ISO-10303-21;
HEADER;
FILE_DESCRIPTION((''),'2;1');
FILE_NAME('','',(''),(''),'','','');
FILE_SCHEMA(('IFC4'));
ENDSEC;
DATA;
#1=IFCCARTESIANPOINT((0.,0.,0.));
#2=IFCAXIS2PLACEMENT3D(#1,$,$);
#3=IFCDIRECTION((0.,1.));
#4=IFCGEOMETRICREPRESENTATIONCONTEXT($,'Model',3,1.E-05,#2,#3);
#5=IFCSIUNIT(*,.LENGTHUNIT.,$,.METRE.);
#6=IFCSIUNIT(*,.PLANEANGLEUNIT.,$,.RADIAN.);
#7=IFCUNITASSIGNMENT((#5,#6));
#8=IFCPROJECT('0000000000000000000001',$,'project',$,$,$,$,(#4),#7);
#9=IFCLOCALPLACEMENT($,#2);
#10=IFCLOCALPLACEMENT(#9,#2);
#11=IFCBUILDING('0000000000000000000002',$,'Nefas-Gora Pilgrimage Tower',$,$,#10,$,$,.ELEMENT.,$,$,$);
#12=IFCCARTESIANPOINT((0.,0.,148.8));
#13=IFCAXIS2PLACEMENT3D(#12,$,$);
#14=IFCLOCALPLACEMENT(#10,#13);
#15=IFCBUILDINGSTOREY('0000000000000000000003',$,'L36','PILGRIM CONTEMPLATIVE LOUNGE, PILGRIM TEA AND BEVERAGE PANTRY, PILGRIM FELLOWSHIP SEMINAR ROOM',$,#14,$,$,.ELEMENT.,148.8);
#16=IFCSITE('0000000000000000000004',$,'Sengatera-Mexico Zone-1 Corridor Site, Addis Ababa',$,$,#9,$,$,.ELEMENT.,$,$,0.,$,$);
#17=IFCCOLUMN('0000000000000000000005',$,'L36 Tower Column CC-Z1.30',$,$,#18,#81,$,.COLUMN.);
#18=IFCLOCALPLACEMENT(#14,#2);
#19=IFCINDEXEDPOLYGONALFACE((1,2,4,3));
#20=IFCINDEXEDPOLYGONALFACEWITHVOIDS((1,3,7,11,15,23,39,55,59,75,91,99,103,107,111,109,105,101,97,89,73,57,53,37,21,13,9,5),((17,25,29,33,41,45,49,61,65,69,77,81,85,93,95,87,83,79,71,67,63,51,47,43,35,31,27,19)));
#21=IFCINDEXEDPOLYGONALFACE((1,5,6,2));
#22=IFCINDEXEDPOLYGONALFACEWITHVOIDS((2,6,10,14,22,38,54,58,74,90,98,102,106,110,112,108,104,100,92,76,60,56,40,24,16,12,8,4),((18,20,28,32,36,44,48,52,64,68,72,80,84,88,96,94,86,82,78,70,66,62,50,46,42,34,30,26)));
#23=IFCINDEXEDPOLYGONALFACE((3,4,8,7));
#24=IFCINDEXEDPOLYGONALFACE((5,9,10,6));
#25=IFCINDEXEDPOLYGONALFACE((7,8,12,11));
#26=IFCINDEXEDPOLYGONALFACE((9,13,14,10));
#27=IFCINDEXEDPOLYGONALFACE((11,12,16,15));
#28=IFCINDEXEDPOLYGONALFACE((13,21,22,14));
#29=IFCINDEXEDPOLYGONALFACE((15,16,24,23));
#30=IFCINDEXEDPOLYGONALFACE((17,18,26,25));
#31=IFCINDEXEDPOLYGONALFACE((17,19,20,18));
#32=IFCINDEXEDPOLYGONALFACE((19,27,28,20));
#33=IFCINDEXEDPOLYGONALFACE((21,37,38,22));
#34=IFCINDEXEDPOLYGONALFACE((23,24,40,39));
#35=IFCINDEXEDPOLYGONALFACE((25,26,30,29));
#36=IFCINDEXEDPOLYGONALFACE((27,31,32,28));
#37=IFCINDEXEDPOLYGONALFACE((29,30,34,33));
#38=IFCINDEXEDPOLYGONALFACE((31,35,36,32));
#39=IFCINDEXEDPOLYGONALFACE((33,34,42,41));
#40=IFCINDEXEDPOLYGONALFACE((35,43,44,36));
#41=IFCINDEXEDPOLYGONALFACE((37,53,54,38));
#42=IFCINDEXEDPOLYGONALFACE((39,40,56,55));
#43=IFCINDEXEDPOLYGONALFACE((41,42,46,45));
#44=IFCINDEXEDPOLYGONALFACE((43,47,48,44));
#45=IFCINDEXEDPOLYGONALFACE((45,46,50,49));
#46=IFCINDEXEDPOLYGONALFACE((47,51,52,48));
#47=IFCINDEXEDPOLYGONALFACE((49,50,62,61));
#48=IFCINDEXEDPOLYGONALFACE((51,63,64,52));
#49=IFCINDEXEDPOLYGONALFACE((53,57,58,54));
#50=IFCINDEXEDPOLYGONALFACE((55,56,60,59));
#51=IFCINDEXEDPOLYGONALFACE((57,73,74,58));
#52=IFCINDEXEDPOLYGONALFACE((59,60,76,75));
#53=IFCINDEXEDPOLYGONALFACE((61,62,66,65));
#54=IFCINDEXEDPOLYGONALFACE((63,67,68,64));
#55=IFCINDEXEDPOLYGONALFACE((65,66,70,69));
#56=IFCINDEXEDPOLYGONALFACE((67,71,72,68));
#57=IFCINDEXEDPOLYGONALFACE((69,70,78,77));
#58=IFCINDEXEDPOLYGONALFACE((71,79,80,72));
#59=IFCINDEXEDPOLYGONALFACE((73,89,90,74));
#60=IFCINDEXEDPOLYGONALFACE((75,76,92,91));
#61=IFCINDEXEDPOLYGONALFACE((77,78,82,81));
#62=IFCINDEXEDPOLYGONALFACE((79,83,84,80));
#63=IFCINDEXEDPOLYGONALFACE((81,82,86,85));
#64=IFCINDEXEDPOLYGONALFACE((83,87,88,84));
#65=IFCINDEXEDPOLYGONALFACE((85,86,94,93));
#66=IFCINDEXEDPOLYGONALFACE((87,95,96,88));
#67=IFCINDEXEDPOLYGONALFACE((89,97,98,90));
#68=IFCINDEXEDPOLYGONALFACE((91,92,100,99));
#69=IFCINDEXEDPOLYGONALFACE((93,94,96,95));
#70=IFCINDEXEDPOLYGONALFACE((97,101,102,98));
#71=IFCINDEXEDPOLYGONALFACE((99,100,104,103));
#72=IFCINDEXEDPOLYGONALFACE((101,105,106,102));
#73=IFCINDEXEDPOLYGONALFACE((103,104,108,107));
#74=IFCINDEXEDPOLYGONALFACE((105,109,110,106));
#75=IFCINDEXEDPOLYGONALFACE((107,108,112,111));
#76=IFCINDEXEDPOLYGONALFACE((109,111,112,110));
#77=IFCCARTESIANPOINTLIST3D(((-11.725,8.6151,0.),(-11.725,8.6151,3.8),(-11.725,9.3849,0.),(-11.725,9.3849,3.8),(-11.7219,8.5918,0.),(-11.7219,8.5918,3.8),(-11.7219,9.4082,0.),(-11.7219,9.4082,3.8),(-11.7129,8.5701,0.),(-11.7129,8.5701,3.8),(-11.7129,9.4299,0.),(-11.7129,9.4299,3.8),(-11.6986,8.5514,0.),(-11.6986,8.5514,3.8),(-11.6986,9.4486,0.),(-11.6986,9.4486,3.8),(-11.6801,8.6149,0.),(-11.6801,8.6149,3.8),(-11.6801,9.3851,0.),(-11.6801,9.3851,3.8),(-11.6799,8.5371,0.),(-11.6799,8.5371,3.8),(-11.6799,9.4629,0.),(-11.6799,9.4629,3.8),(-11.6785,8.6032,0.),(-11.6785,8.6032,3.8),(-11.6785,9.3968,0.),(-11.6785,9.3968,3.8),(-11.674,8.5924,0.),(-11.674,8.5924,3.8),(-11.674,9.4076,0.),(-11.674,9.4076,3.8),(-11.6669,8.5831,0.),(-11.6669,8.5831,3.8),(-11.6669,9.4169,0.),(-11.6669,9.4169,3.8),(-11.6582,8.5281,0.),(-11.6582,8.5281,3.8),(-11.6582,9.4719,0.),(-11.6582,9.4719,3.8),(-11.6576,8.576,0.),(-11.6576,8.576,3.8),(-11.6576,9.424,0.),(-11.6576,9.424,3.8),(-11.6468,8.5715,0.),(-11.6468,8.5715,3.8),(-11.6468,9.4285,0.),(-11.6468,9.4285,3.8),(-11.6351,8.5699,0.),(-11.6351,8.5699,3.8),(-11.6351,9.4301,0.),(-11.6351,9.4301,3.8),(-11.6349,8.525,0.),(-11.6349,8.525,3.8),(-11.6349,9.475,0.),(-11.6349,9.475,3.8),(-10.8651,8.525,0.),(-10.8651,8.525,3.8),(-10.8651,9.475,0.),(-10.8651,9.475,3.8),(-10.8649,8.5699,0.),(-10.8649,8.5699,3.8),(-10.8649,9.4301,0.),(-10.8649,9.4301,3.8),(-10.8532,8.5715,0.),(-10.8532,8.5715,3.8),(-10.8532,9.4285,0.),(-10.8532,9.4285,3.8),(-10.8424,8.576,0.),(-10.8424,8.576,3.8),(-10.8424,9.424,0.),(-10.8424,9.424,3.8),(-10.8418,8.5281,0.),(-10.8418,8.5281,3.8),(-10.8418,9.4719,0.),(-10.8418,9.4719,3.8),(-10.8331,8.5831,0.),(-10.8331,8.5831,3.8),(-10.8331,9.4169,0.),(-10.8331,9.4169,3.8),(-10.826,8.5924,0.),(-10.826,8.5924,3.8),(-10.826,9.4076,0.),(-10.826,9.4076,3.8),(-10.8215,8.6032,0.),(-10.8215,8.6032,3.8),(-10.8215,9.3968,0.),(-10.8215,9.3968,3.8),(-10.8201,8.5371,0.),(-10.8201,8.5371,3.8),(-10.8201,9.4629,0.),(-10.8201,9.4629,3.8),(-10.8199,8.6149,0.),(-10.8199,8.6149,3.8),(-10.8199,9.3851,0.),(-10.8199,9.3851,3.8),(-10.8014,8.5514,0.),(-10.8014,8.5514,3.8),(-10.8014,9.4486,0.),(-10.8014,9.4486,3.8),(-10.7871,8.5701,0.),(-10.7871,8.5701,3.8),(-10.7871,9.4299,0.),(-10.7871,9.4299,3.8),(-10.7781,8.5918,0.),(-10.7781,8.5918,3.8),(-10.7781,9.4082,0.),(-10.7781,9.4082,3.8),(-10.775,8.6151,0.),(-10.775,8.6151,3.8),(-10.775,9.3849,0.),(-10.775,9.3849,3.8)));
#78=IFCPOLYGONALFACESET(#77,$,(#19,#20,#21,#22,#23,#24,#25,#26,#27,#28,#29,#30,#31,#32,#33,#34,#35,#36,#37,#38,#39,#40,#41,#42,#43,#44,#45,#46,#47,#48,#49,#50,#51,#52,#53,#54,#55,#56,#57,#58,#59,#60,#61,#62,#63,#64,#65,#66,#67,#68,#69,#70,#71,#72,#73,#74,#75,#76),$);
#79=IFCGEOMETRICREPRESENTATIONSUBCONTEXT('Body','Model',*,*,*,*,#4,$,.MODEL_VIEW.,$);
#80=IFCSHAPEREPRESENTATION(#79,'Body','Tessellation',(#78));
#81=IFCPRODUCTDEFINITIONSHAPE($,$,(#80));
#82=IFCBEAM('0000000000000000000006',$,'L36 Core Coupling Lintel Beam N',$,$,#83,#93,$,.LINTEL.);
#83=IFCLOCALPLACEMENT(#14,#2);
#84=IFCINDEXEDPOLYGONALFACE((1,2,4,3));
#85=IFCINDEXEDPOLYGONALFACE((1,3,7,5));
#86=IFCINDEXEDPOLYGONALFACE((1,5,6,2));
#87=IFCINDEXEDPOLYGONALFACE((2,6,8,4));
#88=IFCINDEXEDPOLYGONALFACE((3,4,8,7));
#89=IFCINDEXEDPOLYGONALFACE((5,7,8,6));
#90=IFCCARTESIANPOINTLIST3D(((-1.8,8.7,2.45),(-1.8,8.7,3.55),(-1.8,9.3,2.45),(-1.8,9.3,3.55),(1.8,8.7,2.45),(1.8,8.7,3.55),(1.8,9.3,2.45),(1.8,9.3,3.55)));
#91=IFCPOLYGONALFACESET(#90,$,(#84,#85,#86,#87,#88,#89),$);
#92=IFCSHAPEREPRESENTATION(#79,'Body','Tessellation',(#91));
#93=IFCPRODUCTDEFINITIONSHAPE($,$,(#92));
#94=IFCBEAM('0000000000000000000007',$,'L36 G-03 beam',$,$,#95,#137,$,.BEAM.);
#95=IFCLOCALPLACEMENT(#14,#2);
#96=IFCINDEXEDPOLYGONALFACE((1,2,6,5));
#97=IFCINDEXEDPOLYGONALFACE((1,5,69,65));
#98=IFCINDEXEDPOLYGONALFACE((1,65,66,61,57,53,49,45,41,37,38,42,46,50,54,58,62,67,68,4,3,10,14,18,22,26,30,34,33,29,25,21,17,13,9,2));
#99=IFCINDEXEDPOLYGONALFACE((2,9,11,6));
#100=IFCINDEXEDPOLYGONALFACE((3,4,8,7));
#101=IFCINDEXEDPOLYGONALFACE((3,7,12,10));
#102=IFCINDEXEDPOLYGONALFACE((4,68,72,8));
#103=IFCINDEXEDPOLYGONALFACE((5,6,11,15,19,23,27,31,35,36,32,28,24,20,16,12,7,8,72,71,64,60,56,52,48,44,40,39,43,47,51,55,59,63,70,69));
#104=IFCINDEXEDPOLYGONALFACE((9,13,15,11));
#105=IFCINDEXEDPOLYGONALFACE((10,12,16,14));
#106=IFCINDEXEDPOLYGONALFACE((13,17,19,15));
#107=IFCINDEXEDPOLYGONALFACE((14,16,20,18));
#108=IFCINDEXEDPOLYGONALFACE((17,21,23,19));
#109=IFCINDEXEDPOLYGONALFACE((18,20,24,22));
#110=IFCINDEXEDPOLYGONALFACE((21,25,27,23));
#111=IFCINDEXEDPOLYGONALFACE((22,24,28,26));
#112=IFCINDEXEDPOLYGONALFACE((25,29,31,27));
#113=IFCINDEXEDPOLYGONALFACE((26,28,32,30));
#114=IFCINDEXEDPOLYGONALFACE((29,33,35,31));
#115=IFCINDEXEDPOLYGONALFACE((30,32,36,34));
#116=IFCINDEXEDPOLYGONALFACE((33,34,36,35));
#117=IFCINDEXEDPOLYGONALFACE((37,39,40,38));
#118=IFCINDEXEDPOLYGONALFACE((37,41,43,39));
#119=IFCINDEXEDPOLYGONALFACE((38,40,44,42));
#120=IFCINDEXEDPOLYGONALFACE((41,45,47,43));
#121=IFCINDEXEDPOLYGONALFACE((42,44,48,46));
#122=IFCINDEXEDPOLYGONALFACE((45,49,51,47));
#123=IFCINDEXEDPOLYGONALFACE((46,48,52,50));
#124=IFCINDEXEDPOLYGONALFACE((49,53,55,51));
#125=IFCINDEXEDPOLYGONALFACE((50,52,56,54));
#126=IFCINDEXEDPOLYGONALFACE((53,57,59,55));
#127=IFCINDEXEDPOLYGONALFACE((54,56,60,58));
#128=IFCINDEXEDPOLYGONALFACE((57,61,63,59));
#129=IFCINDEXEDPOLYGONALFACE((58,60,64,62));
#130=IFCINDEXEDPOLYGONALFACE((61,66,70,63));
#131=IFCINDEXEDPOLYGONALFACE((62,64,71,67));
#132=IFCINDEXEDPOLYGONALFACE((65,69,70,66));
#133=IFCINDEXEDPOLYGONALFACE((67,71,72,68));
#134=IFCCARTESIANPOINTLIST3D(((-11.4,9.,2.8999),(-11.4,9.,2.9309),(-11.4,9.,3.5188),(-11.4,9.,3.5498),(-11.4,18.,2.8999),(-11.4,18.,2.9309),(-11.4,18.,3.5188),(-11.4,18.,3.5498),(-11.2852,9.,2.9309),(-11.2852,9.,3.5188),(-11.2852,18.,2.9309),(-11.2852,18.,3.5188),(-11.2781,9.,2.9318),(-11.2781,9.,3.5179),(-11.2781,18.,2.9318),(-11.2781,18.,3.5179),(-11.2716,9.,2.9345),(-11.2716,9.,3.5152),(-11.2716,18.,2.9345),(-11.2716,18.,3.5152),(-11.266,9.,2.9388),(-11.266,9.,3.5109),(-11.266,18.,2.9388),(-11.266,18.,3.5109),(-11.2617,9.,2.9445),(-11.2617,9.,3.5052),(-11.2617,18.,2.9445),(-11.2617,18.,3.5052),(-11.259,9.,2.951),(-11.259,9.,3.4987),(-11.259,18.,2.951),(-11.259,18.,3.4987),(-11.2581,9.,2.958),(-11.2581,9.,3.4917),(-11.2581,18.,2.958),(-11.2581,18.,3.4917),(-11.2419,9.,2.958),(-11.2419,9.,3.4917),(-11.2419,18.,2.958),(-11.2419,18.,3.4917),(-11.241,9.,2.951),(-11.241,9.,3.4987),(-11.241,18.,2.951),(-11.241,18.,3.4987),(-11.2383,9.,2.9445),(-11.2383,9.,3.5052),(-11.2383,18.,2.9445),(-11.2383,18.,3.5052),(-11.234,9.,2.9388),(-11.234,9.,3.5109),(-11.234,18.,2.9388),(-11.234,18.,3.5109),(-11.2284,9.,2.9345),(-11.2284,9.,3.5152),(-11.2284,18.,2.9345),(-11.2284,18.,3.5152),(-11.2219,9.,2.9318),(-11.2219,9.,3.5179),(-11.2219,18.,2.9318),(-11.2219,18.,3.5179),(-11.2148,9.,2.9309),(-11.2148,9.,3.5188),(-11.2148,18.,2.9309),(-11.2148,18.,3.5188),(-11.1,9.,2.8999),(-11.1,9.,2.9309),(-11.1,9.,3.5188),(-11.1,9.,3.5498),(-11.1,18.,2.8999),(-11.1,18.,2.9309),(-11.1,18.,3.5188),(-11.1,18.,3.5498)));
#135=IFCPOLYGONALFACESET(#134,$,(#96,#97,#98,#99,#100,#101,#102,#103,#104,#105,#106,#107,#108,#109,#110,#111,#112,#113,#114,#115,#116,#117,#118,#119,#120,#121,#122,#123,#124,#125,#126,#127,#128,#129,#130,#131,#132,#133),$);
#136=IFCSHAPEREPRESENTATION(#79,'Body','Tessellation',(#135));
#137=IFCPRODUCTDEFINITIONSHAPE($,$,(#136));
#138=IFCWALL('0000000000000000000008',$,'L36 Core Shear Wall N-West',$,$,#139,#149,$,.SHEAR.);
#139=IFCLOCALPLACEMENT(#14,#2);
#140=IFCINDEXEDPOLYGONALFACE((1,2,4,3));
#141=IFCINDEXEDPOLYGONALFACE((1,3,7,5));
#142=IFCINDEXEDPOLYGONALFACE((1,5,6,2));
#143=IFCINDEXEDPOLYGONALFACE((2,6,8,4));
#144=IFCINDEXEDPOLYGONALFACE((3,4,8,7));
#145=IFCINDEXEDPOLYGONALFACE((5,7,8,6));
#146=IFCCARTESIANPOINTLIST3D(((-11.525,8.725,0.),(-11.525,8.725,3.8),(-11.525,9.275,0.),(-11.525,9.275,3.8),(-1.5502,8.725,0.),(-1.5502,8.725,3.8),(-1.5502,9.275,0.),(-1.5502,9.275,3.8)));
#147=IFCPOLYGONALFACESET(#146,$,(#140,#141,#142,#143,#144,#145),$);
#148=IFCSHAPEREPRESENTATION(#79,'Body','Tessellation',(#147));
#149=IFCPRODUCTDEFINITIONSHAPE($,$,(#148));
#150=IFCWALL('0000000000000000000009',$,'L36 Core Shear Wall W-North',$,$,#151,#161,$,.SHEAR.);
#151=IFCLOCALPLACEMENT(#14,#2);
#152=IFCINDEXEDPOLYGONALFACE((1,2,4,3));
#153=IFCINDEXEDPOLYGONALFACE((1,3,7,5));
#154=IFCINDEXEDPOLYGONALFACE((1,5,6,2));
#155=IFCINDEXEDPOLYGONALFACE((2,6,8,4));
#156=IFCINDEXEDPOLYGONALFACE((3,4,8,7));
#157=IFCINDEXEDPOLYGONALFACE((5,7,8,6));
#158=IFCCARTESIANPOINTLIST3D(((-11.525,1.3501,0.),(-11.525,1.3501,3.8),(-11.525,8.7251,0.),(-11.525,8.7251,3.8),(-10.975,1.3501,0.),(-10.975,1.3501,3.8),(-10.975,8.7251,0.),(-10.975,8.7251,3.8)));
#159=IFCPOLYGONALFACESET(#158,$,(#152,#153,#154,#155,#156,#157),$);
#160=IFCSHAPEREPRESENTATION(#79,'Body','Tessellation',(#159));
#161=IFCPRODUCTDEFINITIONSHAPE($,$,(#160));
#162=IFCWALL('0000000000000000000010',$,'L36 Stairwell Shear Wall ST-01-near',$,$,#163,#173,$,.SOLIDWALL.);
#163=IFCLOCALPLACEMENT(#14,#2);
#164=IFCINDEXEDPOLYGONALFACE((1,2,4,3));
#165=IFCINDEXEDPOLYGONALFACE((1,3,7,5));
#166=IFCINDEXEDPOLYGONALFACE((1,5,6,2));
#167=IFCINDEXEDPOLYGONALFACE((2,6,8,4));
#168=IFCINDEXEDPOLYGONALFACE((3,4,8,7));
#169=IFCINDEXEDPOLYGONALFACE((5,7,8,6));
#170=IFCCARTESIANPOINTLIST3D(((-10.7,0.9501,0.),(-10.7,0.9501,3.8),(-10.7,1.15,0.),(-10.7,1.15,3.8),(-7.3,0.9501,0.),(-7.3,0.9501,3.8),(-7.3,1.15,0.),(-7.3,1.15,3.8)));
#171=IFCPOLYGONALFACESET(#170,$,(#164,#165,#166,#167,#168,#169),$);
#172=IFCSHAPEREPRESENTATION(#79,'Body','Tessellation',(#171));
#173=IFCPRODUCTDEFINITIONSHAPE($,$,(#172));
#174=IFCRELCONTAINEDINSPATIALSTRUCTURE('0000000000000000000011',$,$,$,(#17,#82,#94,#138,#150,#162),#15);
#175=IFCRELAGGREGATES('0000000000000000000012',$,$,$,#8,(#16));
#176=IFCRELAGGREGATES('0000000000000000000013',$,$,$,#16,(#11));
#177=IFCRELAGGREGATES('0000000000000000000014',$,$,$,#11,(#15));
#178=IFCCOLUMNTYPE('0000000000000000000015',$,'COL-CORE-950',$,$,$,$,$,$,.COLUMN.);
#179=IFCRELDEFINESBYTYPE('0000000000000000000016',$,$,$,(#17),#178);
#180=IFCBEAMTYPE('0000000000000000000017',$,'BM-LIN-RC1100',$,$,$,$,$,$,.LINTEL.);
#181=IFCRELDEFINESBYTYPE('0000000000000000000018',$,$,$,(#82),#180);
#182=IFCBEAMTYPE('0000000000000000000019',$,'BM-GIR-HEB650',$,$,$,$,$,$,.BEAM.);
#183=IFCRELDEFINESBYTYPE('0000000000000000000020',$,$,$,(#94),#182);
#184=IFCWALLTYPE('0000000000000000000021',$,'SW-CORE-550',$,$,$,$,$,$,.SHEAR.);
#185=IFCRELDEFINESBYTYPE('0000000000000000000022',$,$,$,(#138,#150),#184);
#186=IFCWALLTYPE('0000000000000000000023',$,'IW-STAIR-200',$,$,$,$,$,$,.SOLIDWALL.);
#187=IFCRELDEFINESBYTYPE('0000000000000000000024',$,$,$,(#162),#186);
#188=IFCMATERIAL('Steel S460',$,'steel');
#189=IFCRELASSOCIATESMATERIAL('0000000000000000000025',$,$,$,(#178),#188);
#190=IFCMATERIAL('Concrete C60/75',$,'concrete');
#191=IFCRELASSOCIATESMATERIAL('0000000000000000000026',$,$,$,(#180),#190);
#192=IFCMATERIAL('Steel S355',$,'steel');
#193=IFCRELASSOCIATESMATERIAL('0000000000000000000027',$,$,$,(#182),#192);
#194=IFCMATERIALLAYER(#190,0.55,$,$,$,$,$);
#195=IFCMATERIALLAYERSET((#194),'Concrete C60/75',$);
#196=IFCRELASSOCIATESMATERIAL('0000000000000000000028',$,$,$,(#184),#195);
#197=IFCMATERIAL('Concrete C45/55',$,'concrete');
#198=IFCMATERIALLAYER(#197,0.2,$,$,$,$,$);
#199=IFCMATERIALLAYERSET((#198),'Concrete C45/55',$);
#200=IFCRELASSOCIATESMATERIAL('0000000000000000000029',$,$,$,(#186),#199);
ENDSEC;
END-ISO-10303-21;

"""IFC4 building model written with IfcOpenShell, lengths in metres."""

from ifc_helpers import new_model, si_unit, direction, frame, frame_2d, origin, origin_2d, place, context, subcontext, project, spatial, rectangle, hollow_rectangle, i_section, extrude, source, transform, mapped, material, layer, layer_set, material_profile, profile_set, type_object, element, save


model = new_model("IFC4")

# Units and contexts
model_context = context("Model", 3, precision=1e-05, world=origin(), true_north=direction((0.0, 1.0)))
body_context = subcontext(model_context, "Body", "Model", "MODEL_VIEW")
ifc_project = project(units=[si_unit("LENGTHUNIT", "METRE"), si_unit("PLANEANGLEUNIT", "RADIAN")], contexts=[model_context])

# Site, building, storey
site_placement = place(None, origin())
site = spatial("IfcSite", under=ifc_project, at=site_placement, Name="Sengatera-Mexico Zone-1 Corridor Site, Addis Ababa", CompositionType="ELEMENT", RefElevation=0.0)
building_placement = place(site_placement, origin())
building = spatial("IfcBuilding", under=site, at=building_placement, Name="Nefas-Gora Pilgrimage Tower", CompositionType="ELEMENT")
storey_placement = place(building_placement, frame((0.0, 0.0, 148.8)))
storey = spatial("IfcBuildingStorey", under=building, at=storey_placement, Name="L36", Description="PILGRIM CONTEMPLATIVE LOUNGE, PILGRIM TEA AND BEVERAGE PANTRY, PILGRIM FELLOWSHIP SEMINAR ROOM", CompositionType="ELEMENT", Elevation=148.8)

# Column
ifc_material_1 = material(Name="Steel S460", Category="steel")
ifc_material_profile_1 = material_profile(ifc_material_1, hollow_rectangle(XDim=0.95, YDim=0.95, WallThickness=0.0449, InnerFilletRadius=0.0449, OuterFilletRadius=0.0901, at=origin_2d()), Name="BOX 950x950x45")
ifc_profile_set_1 = profile_set([ifc_material_profile_1], Name="Steel S460")
column_type = type_object("IfcColumnType", Name="COL-CORE-950", PredefinedType="COLUMN", material=ifc_profile_set_1)
shared_shape_1 = source(origin(), body_context, "Body", "SweptSolid", [
    extrude(hollow_rectangle(XDim=0.95, YDim=0.95, WallThickness=0.0449, InnerFilletRadius=0.0449, OuterFilletRadius=0.0901, at=origin_2d()), origin(), (0.0, 0.0, 1.0), 3.8),
])
column_placement = place(storey_placement, frame((-11.25, 9.0, 0.0), z_axis=(0.0, 0.0, 1.0), x_axis=(1.0, 0.0, 0.0)))
element("IfcColumn", 1, at=column_placement, inside=storey, type_object=column_type, Name="L36 Tower Column CC-Z1.30", PredefinedType="COLUMN", context=body_context, shape_type="MappedRepresentation", body=[
    mapped(shared_shape_1, transform((0.0, 0.0, 0.0), x_axis=(1.0, 0.0, 0.0), y_axis=(0.0, 1.0, 0.0), z_axis=(0.0, 0.0, 1.0), scale=1.0)),
])

# Beams
ifc_material_2 = material(Name="Concrete C60/75", Category="concrete")
ifc_material_profile_2 = material_profile(ifc_material_2, rectangle(XDim=0.6001, YDim=1.1001, at=origin_2d()), Name="RC 600x1100")
ifc_profile_set_2 = profile_set([ifc_material_profile_2], Name="Concrete C60/75")
beam_type_1 = type_object("IfcBeamType", Name="BM-LIN-RC1100", PredefinedType="LINTEL", material=ifc_profile_set_2)
shared_shape_2 = source(origin(), body_context, "Body", "SweptSolid", [
    extrude(rectangle(XDim=0.6001, YDim=1.1001, at=origin_2d()), origin(), (0.0, 0.0, 1.0), 3.6001),
])
beam_1_placement = place(storey_placement, frame((-1.8, 9.0, 3.0), z_axis=(1.0, 0.0, 0.0), x_axis=(0.0, 1.0, 0.0)))
element("IfcBeam", 2, at=beam_1_placement, inside=storey, type_object=beam_type_1, Name="L36 Core Coupling Lintel Beam N", PredefinedType="LINTEL", context=body_context, shape_type="MappedRepresentation", body=[
    mapped(shared_shape_2, transform((0.0, 0.0, 0.0), x_axis=(1.0, 0.0, 0.0), y_axis=(0.0, 1.0, 0.0), z_axis=(0.0, 0.0, 1.0), scale=1.0)),
])
ifc_material_3 = material(Name="Steel S355", Category="steel")
ifc_material_profile_3 = material_profile(ifc_material_3, i_section(OverallWidth=0.3, OverallDepth=0.6499, WebThickness=0.0161, FlangeThickness=0.031, FilletRadius=0.0271, at=origin_2d()), Name="HEB 650")
ifc_profile_set_3 = profile_set([ifc_material_profile_3], Name="Steel S355")
beam_type_2 = type_object("IfcBeamType", Name="BM-GIR-HEB650", PredefinedType="BEAM", material=ifc_profile_set_3)
shared_shape_3 = source(origin(), body_context, "Body", "SweptSolid", [
    extrude(i_section(OverallWidth=0.3, OverallDepth=0.6499, WebThickness=0.0161, FlangeThickness=0.031, FilletRadius=0.0271, at=origin_2d()), origin(), (0.0, 0.0, 1.0), 9.0),
])
beam_2_placement = place(storey_placement, frame((-11.25, 9.0, 3.2249), z_axis=(0.0, 1.0, 0.0), x_axis=(-1.0, 0.0, 0.0)))
element("IfcBeam", 3, at=beam_2_placement, inside=storey, type_object=beam_type_2, Name="L36 G-03 beam", PredefinedType="BEAM", context=body_context, shape_type="MappedRepresentation", body=[
    mapped(shared_shape_3, transform((0.0, 0.0, 0.0), x_axis=(1.0, 0.0, 0.0), y_axis=(0.0, 1.0, 0.0), z_axis=(0.0, 0.0, 1.0), scale=1.0)),
])

# Walls
ifc_layer_1 = layer(ifc_material_2, 0.55)
ifc_layer_set_1 = layer_set([ifc_layer_1], Name="Concrete C60/75")
wall_type_1 = type_object("IfcWallType", Name="SW-CORE-550", PredefinedType="SHEAR", material=ifc_layer_set_1)
shared_shape_4 = source(origin(), body_context, "Body", "SweptSolid", [
    extrude(rectangle(XDim=9.9749, YDim=0.55, at=frame_2d((4.9873, 0.0))), origin(), (0.0, 0.0, 1.0), 3.8),
])
wall_1_placement = place(storey_placement, frame((-11.5249, 9.0, 0.0), z_axis=(0.0, 0.0, 1.0), x_axis=(1.0, 0.0, 0.0)))
element("IfcWall", 4, at=wall_1_placement, inside=storey, type_object=wall_type_1, Name="L36 Core Shear Wall N-West", PredefinedType="SHEAR", context=body_context, shape_type="MappedRepresentation", body=[
    mapped(shared_shape_4, transform((0.0, 0.0, 0.0), x_axis=(1.0, 0.0, 0.0), y_axis=(0.0, 1.0, 0.0), z_axis=(0.0, 0.0, 1.0), scale=1.0)),
])
shared_shape_5 = source(origin(), body_context, "Body", "SweptSolid", [
    extrude(rectangle(XDim=7.375, YDim=0.55, at=frame_2d((3.6875, 0.0))), origin(), (0.0, 0.0, 1.0), 3.8),
])
wall_2_placement = place(storey_placement, frame((-11.25, 1.3501, 0.0), z_axis=(0.0, 0.0, 1.0), x_axis=(0.0, 1.0, 0.0)))
element("IfcWall", 5, at=wall_2_placement, inside=storey, type_object=wall_type_1, Name="L36 Core Shear Wall W-North", PredefinedType="SHEAR", context=body_context, shape_type="MappedRepresentation", body=[
    mapped(shared_shape_5, transform((0.0, 0.0, 0.0), x_axis=(1.0, 0.0, 0.0), y_axis=(0.0, 1.0, 0.0), z_axis=(0.0, 0.0, 1.0), scale=1.0)),
])
ifc_material_4 = material(Name="Concrete C45/55", Category="concrete")
ifc_layer_2 = layer(ifc_material_4, 0.2)
ifc_layer_set_2 = layer_set([ifc_layer_2], Name="Concrete C45/55")
wall_type_2 = type_object("IfcWallType", Name="IW-STAIR-200", PredefinedType="SOLIDWALL", material=ifc_layer_set_2)
shared_shape_6 = source(origin(), body_context, "Body", "SweptSolid", [
    extrude(rectangle(XDim=3.3999, YDim=0.2, at=frame_2d((1.7, 0.0))), origin(), (0.0, 0.0, 1.0), 3.8),
])
wall_3_placement = place(storey_placement, frame((-7.3, 1.05, 0.0), z_axis=(0.0, 0.0, 1.0), x_axis=(-1.0, 0.0, 0.0)))
element("IfcWall", 6, at=wall_3_placement, inside=storey, type_object=wall_type_2, Name="L36 Stairwell Shear Wall ST-01-near", PredefinedType="SOLIDWALL", context=body_context, shape_type="MappedRepresentation", body=[
    mapped(shared_shape_6, transform((0.0, 0.0, 0.0), x_axis=(1.0, 0.0, 0.0), y_axis=(0.0, 1.0, 0.0), z_axis=(0.0, 0.0, 1.0), scale=1.0)),
])

save(model, "model.ifc")
